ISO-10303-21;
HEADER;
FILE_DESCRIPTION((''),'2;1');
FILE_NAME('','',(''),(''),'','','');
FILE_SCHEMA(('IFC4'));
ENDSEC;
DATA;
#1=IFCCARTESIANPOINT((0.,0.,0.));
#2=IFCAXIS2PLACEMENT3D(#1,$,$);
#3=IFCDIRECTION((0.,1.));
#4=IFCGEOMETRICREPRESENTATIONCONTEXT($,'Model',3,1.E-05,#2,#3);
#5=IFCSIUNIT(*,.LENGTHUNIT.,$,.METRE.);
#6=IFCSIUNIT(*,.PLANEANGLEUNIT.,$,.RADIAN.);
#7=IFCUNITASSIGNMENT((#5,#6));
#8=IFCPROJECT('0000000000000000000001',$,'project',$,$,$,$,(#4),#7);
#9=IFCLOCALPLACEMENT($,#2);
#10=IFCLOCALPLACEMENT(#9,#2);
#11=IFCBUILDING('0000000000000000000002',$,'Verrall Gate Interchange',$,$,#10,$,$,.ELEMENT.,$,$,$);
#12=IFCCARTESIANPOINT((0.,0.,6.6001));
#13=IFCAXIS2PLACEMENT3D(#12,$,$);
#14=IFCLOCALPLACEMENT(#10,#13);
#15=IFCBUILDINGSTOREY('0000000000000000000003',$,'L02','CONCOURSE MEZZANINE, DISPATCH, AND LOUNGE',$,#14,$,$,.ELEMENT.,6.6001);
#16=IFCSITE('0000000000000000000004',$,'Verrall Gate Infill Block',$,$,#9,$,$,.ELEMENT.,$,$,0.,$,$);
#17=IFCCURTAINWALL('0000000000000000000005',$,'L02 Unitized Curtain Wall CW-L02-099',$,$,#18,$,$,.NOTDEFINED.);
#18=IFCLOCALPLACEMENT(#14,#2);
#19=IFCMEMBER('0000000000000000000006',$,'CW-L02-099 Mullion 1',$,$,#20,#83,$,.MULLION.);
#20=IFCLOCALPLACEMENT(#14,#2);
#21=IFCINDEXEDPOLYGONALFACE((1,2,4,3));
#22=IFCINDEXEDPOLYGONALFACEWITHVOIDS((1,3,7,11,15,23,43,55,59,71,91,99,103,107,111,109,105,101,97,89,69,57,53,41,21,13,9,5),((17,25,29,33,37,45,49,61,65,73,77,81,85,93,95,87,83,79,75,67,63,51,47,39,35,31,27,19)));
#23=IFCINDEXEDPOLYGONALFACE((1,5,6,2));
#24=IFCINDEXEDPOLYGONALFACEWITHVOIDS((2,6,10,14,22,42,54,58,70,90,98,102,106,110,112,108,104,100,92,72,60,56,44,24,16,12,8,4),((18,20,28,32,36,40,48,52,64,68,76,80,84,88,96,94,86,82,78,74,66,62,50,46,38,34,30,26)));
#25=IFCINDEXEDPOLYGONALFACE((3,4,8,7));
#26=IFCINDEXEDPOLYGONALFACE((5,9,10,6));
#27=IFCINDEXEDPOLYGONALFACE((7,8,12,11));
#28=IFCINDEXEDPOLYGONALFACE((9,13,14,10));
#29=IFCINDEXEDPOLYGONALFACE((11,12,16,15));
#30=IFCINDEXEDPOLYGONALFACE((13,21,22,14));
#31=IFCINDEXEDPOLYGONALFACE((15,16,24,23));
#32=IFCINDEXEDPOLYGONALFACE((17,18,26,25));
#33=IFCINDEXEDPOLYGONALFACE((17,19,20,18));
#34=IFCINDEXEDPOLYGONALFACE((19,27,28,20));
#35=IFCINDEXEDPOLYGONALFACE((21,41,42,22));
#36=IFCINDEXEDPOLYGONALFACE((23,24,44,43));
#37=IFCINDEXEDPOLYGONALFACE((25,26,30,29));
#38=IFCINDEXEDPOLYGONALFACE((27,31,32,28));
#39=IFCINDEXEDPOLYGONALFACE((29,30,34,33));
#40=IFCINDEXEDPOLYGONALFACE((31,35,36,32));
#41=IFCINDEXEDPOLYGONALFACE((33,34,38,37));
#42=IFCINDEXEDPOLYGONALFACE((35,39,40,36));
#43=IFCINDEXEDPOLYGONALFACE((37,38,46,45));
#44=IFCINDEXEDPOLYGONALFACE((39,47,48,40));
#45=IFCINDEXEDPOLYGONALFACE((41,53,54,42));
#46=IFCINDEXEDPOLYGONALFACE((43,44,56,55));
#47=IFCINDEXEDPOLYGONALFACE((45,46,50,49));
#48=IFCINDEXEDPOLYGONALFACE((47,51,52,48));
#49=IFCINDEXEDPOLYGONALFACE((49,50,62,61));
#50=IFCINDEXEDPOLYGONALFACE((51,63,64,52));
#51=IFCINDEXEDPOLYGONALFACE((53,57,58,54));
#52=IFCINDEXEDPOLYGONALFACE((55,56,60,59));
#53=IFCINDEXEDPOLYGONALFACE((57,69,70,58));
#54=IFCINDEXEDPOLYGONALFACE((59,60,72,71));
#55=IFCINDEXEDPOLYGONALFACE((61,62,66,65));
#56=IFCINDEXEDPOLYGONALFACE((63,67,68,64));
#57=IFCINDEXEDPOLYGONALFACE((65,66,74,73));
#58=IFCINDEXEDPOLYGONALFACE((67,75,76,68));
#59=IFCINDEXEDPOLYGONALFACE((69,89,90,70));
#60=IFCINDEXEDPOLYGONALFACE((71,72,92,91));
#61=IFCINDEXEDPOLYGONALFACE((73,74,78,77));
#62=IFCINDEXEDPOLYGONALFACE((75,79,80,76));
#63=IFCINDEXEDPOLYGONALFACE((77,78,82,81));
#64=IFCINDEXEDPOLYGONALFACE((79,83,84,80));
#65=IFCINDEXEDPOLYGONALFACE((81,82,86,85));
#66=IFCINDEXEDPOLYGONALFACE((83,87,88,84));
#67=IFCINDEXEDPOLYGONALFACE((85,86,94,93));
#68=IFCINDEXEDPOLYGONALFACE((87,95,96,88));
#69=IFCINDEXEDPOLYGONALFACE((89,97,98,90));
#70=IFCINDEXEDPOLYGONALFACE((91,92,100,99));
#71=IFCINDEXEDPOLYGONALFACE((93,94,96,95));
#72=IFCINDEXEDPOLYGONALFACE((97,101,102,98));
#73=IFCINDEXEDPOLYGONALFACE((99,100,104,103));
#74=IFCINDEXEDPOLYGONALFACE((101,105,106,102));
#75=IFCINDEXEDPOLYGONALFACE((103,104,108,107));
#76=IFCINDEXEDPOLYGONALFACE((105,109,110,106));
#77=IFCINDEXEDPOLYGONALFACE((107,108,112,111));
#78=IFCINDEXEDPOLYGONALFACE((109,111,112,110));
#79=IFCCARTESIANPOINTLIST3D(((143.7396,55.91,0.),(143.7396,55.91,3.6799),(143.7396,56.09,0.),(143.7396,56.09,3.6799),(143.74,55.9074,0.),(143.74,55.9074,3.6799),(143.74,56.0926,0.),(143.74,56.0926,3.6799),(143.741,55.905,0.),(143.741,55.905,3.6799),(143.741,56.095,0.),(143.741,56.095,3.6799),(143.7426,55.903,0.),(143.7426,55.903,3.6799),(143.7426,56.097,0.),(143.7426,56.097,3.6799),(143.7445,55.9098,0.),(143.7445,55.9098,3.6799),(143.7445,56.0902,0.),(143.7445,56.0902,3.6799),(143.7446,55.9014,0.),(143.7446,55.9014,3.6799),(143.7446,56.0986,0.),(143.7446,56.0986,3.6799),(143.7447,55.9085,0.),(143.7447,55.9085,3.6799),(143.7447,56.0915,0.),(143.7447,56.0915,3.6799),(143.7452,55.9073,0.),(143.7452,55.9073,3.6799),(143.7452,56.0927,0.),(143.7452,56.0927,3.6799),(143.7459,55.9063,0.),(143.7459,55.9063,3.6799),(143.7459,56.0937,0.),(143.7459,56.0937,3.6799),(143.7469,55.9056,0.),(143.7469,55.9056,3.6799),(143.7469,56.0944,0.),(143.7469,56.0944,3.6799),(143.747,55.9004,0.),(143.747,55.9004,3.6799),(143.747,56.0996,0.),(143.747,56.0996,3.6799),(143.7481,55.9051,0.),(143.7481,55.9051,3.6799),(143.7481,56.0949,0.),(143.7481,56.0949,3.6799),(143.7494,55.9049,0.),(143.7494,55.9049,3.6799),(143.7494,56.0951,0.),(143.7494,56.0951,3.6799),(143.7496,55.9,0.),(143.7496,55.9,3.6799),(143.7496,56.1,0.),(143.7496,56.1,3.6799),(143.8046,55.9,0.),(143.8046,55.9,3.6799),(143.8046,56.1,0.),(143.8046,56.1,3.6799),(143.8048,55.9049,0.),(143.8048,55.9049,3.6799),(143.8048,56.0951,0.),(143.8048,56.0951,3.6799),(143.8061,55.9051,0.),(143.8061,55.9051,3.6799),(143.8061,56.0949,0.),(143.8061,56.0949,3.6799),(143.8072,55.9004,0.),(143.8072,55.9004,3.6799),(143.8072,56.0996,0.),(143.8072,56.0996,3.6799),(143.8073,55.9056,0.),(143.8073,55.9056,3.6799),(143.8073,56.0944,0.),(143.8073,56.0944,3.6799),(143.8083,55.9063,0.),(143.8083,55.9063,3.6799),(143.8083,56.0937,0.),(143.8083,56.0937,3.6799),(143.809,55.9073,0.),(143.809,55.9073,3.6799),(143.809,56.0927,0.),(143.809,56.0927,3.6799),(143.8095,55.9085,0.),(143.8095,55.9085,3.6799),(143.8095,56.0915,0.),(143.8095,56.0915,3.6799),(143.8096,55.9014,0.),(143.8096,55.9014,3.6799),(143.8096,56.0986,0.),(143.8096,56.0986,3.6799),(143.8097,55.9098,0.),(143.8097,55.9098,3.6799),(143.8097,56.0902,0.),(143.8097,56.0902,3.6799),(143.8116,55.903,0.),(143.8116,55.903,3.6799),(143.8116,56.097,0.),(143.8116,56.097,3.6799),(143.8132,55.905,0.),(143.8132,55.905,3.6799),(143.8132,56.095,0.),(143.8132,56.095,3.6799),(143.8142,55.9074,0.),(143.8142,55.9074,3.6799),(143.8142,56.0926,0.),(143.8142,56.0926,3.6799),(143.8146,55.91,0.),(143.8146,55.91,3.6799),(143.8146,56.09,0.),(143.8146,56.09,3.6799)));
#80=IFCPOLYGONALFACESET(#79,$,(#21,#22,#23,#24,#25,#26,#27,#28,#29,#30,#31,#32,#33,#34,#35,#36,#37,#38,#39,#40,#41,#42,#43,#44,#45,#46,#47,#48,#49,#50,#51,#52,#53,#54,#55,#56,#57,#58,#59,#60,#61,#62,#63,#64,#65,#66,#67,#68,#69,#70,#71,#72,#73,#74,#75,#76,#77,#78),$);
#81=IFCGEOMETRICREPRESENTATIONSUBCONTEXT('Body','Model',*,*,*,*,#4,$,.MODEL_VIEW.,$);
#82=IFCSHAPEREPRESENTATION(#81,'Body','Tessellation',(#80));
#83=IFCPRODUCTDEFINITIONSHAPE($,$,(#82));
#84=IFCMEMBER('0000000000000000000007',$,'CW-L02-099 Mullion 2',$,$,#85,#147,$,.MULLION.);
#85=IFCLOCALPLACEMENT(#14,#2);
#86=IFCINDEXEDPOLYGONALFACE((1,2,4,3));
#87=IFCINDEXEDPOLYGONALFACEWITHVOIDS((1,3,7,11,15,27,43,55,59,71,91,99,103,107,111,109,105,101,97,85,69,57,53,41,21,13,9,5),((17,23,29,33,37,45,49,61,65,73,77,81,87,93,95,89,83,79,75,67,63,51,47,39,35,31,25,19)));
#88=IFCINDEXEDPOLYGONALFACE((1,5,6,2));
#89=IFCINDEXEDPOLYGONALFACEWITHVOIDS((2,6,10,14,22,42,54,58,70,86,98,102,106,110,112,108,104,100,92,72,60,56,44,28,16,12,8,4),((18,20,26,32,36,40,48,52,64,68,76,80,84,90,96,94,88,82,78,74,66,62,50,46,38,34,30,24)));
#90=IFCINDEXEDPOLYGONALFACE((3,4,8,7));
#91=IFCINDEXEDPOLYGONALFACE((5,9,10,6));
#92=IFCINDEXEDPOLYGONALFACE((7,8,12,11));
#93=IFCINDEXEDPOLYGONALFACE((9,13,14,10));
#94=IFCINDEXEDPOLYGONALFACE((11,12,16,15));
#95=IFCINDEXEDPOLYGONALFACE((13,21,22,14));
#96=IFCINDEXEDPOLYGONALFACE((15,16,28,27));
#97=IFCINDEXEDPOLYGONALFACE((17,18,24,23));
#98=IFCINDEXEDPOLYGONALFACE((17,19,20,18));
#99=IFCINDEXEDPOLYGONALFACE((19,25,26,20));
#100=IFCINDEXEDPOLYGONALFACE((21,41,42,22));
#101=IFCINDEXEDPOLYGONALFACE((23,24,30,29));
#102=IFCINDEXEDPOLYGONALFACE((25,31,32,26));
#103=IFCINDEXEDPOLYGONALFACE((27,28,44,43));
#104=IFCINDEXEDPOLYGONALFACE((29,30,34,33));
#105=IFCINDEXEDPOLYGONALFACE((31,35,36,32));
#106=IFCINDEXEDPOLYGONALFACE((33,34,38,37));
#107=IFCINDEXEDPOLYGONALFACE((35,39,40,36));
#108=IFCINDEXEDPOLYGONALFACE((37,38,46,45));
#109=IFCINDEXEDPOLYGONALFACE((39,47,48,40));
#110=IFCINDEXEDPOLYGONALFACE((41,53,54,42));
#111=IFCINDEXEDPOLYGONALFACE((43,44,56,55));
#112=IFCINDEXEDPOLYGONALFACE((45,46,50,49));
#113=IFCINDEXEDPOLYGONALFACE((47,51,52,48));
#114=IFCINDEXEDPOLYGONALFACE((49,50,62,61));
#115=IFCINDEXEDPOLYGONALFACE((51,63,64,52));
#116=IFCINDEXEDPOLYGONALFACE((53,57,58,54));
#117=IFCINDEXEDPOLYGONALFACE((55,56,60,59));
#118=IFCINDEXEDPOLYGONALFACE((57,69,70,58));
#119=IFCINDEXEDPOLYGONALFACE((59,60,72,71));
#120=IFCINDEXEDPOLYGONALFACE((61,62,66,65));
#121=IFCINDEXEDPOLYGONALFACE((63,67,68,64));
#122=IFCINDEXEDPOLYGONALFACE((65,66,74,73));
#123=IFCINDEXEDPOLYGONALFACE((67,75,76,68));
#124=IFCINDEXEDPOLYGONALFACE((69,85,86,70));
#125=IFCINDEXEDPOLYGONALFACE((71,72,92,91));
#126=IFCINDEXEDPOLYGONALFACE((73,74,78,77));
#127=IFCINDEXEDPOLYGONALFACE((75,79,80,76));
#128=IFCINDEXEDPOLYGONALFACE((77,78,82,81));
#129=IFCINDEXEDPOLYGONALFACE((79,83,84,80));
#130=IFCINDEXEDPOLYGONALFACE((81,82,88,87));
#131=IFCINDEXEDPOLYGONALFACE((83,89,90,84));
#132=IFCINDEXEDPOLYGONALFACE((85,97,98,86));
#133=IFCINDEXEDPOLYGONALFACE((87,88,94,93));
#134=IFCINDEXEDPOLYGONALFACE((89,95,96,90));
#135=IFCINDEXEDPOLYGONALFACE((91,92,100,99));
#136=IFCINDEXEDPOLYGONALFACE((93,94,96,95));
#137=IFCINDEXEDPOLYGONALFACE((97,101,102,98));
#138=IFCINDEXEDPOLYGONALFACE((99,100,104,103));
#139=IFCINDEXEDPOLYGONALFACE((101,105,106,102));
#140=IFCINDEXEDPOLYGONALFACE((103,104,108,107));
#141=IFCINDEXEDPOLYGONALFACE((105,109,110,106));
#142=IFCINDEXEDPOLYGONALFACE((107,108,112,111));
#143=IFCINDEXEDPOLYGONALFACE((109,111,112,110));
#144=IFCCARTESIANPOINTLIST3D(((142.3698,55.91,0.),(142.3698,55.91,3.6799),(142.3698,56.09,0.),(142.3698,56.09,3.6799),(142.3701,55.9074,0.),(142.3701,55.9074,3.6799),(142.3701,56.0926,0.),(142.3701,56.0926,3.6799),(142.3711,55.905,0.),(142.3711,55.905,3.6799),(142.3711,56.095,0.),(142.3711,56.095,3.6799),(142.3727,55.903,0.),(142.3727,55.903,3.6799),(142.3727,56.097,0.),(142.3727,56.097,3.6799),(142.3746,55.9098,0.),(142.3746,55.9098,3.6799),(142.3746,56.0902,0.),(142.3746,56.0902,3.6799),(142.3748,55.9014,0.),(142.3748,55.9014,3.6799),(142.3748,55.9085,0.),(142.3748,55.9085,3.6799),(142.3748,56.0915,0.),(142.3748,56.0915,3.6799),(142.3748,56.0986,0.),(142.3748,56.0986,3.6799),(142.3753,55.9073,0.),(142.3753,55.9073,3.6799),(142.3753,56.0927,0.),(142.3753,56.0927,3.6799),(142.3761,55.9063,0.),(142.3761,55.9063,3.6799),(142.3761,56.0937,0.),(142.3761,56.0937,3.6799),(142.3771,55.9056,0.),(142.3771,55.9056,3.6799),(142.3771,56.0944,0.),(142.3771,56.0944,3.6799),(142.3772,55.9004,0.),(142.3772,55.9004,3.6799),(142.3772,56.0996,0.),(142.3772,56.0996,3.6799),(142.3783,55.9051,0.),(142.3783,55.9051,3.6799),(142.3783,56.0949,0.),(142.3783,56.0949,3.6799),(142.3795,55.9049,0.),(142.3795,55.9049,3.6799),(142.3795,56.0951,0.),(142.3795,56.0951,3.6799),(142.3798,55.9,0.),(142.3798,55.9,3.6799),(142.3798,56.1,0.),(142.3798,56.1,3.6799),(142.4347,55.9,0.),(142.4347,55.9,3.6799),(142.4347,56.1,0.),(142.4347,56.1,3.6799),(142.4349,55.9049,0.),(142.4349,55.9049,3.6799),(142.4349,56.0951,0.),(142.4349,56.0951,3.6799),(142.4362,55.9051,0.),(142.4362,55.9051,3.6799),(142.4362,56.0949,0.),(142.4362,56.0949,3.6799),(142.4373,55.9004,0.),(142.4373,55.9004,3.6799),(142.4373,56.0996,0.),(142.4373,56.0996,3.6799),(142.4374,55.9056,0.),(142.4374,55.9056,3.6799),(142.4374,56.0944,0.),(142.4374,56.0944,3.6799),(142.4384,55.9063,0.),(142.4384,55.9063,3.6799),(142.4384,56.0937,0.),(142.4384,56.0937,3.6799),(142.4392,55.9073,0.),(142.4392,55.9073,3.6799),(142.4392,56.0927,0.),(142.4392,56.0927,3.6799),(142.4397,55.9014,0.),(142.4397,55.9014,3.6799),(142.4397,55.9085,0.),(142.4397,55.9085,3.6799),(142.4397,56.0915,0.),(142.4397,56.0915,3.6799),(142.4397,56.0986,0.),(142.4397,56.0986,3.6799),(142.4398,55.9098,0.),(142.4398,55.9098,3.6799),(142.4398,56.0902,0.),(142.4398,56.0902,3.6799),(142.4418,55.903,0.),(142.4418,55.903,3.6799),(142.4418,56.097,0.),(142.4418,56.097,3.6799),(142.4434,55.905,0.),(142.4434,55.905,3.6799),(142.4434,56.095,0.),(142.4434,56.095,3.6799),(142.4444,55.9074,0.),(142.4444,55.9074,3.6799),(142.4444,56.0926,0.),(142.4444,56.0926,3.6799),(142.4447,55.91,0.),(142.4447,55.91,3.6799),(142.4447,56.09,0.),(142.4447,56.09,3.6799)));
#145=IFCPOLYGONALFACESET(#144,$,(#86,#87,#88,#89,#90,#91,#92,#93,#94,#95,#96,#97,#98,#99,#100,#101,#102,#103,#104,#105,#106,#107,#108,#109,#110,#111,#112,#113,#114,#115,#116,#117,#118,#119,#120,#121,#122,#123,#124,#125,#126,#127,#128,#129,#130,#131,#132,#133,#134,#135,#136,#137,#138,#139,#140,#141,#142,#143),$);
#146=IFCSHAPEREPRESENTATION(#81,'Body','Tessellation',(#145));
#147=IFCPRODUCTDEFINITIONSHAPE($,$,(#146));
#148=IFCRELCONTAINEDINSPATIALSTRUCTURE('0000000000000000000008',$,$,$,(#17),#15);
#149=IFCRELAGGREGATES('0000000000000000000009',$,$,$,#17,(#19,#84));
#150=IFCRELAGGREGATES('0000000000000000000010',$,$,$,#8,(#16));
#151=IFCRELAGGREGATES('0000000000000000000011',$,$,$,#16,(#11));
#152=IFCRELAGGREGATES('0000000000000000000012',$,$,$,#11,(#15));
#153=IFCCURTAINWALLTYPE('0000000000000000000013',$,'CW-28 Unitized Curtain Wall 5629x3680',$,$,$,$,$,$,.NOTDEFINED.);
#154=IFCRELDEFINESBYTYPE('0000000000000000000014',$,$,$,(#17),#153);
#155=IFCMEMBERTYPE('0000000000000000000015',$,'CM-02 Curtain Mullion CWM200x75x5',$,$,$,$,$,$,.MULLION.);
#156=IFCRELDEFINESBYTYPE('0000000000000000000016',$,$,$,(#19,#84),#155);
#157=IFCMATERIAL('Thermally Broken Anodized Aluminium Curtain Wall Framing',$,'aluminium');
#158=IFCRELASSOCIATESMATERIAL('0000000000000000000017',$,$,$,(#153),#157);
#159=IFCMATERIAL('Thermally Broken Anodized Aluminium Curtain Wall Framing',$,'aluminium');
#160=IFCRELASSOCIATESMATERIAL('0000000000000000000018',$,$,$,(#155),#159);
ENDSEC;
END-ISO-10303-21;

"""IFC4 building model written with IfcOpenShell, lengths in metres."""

from ifc_helpers import new_model, si_unit, direction, frame, origin, origin_2d, place, context, subcontext, project, spatial, hollow_rectangle, extrude, material, material_profile, profile_set, type_object, element, aggregate, save


model = new_model("IFC4")

# Units and contexts
model_context = context("Model", 3, precision=1e-05, world=origin(), true_north=direction((0.0, 1.0)))
body_context = subcontext(model_context, "Body", "Model", "MODEL_VIEW")
ifc_project = project(units=[si_unit("LENGTHUNIT", "METRE"), si_unit("PLANEANGLEUNIT", "RADIAN")], contexts=[model_context])

# Site, building, storey
site_placement = place(None, origin())
site = spatial("IfcSite", under=ifc_project, at=site_placement, Name="Verrall Gate Infill Block", CompositionType="ELEMENT", RefElevation=0.0)
building_placement = place(site_placement, origin())
building = spatial("IfcBuilding", under=site, at=building_placement, Name="Verrall Gate Interchange", CompositionType="ELEMENT")
storey_placement = place(building_placement, frame((0.0, 0.0, 6.6001)))
storey = spatial("IfcBuildingStorey", under=building, at=storey_placement, Name="L02", Description="CONCOURSE MEZZANINE, DISPATCH, AND LOUNGE", CompositionType="ELEMENT", Elevation=6.6001)

# Shared definitions
ifc_material_1 = material(Name="Thermally Broken Anodized Aluminium Curtain Wall Framing", Category="aluminium")
curtain_wall_type = type_object("IfcCurtainWallType", Name="CW-28 Unitized Curtain Wall 5629x3680", PredefinedType="NOTDEFINED", material=ifc_material_1)

# Curtain wall, members
curtain_wall_1_placement = place(storey_placement, origin())
curtain_wall_1 = element("IfcCurtainWall", 1, at=curtain_wall_1_placement, inside=storey, type_object=curtain_wall_type, Name="L02 Unitized Curtain Wall CW-L02-099", PredefinedType="NOTDEFINED")
ifc_material_2 = material(Name="Thermally Broken Anodized Aluminium Curtain Wall Framing", Category="aluminium")
ifc_material_profile_1 = material_profile(ifc_material_2, hollow_rectangle(XDim=0.075, YDim=0.2, WallThickness=0.0049, InnerFilletRadius=0.0049, OuterFilletRadius=0.01, at=origin_2d()), Name="CWM200x75x5")
ifc_profile_set_1 = profile_set([ifc_material_profile_1], Name="Thermally Broken Anodized Aluminium Curtain Wall Framing")
member_type_1 = type_object("IfcMemberType", Name="CM-02 Curtain Mullion CWM200x75x5", PredefinedType="MULLION", material=ifc_profile_set_1)
member_1_placement = place(storey_placement, frame((143.7771, 56.0, 0.0), z_axis=(0.0, 0.0, 1.0), x_axis=(-1.0, 0.0, 0.0)))
member_1 = element("IfcMember", 2, at=member_1_placement, type_object=member_type_1, Name="CW-L02-099 Mullion 1", PredefinedType="MULLION", context=body_context, shape_type="SweptSolid", body=[
    extrude(hollow_rectangle(XDim=0.075, YDim=0.2, WallThickness=0.0049, InnerFilletRadius=0.0049, OuterFilletRadius=0.01, at=origin_2d()), origin(), (0.0, 0.0, 1.0), 3.6799),
])
member_2_placement = place(storey_placement, frame((142.4072, 56.0, 0.0), z_axis=(0.0, 0.0, 1.0), x_axis=(-1.0, 0.0, 0.0)))
member_2 = element("IfcMember", 3, at=member_2_placement, type_object=member_type_1, Name="CW-L02-099 Mullion 2", PredefinedType="MULLION", context=body_context, shape_type="SweptSolid", body=[
    extrude(hollow_rectangle(XDim=0.075, YDim=0.2, WallThickness=0.0049, InnerFilletRadius=0.0049, OuterFilletRadius=0.01, at=origin_2d()), origin(), (0.0, 0.0, 1.0), 3.6799),
])

aggregate(curtain_wall_1, [member_1, member_2])

save(model, "model.ifc")
